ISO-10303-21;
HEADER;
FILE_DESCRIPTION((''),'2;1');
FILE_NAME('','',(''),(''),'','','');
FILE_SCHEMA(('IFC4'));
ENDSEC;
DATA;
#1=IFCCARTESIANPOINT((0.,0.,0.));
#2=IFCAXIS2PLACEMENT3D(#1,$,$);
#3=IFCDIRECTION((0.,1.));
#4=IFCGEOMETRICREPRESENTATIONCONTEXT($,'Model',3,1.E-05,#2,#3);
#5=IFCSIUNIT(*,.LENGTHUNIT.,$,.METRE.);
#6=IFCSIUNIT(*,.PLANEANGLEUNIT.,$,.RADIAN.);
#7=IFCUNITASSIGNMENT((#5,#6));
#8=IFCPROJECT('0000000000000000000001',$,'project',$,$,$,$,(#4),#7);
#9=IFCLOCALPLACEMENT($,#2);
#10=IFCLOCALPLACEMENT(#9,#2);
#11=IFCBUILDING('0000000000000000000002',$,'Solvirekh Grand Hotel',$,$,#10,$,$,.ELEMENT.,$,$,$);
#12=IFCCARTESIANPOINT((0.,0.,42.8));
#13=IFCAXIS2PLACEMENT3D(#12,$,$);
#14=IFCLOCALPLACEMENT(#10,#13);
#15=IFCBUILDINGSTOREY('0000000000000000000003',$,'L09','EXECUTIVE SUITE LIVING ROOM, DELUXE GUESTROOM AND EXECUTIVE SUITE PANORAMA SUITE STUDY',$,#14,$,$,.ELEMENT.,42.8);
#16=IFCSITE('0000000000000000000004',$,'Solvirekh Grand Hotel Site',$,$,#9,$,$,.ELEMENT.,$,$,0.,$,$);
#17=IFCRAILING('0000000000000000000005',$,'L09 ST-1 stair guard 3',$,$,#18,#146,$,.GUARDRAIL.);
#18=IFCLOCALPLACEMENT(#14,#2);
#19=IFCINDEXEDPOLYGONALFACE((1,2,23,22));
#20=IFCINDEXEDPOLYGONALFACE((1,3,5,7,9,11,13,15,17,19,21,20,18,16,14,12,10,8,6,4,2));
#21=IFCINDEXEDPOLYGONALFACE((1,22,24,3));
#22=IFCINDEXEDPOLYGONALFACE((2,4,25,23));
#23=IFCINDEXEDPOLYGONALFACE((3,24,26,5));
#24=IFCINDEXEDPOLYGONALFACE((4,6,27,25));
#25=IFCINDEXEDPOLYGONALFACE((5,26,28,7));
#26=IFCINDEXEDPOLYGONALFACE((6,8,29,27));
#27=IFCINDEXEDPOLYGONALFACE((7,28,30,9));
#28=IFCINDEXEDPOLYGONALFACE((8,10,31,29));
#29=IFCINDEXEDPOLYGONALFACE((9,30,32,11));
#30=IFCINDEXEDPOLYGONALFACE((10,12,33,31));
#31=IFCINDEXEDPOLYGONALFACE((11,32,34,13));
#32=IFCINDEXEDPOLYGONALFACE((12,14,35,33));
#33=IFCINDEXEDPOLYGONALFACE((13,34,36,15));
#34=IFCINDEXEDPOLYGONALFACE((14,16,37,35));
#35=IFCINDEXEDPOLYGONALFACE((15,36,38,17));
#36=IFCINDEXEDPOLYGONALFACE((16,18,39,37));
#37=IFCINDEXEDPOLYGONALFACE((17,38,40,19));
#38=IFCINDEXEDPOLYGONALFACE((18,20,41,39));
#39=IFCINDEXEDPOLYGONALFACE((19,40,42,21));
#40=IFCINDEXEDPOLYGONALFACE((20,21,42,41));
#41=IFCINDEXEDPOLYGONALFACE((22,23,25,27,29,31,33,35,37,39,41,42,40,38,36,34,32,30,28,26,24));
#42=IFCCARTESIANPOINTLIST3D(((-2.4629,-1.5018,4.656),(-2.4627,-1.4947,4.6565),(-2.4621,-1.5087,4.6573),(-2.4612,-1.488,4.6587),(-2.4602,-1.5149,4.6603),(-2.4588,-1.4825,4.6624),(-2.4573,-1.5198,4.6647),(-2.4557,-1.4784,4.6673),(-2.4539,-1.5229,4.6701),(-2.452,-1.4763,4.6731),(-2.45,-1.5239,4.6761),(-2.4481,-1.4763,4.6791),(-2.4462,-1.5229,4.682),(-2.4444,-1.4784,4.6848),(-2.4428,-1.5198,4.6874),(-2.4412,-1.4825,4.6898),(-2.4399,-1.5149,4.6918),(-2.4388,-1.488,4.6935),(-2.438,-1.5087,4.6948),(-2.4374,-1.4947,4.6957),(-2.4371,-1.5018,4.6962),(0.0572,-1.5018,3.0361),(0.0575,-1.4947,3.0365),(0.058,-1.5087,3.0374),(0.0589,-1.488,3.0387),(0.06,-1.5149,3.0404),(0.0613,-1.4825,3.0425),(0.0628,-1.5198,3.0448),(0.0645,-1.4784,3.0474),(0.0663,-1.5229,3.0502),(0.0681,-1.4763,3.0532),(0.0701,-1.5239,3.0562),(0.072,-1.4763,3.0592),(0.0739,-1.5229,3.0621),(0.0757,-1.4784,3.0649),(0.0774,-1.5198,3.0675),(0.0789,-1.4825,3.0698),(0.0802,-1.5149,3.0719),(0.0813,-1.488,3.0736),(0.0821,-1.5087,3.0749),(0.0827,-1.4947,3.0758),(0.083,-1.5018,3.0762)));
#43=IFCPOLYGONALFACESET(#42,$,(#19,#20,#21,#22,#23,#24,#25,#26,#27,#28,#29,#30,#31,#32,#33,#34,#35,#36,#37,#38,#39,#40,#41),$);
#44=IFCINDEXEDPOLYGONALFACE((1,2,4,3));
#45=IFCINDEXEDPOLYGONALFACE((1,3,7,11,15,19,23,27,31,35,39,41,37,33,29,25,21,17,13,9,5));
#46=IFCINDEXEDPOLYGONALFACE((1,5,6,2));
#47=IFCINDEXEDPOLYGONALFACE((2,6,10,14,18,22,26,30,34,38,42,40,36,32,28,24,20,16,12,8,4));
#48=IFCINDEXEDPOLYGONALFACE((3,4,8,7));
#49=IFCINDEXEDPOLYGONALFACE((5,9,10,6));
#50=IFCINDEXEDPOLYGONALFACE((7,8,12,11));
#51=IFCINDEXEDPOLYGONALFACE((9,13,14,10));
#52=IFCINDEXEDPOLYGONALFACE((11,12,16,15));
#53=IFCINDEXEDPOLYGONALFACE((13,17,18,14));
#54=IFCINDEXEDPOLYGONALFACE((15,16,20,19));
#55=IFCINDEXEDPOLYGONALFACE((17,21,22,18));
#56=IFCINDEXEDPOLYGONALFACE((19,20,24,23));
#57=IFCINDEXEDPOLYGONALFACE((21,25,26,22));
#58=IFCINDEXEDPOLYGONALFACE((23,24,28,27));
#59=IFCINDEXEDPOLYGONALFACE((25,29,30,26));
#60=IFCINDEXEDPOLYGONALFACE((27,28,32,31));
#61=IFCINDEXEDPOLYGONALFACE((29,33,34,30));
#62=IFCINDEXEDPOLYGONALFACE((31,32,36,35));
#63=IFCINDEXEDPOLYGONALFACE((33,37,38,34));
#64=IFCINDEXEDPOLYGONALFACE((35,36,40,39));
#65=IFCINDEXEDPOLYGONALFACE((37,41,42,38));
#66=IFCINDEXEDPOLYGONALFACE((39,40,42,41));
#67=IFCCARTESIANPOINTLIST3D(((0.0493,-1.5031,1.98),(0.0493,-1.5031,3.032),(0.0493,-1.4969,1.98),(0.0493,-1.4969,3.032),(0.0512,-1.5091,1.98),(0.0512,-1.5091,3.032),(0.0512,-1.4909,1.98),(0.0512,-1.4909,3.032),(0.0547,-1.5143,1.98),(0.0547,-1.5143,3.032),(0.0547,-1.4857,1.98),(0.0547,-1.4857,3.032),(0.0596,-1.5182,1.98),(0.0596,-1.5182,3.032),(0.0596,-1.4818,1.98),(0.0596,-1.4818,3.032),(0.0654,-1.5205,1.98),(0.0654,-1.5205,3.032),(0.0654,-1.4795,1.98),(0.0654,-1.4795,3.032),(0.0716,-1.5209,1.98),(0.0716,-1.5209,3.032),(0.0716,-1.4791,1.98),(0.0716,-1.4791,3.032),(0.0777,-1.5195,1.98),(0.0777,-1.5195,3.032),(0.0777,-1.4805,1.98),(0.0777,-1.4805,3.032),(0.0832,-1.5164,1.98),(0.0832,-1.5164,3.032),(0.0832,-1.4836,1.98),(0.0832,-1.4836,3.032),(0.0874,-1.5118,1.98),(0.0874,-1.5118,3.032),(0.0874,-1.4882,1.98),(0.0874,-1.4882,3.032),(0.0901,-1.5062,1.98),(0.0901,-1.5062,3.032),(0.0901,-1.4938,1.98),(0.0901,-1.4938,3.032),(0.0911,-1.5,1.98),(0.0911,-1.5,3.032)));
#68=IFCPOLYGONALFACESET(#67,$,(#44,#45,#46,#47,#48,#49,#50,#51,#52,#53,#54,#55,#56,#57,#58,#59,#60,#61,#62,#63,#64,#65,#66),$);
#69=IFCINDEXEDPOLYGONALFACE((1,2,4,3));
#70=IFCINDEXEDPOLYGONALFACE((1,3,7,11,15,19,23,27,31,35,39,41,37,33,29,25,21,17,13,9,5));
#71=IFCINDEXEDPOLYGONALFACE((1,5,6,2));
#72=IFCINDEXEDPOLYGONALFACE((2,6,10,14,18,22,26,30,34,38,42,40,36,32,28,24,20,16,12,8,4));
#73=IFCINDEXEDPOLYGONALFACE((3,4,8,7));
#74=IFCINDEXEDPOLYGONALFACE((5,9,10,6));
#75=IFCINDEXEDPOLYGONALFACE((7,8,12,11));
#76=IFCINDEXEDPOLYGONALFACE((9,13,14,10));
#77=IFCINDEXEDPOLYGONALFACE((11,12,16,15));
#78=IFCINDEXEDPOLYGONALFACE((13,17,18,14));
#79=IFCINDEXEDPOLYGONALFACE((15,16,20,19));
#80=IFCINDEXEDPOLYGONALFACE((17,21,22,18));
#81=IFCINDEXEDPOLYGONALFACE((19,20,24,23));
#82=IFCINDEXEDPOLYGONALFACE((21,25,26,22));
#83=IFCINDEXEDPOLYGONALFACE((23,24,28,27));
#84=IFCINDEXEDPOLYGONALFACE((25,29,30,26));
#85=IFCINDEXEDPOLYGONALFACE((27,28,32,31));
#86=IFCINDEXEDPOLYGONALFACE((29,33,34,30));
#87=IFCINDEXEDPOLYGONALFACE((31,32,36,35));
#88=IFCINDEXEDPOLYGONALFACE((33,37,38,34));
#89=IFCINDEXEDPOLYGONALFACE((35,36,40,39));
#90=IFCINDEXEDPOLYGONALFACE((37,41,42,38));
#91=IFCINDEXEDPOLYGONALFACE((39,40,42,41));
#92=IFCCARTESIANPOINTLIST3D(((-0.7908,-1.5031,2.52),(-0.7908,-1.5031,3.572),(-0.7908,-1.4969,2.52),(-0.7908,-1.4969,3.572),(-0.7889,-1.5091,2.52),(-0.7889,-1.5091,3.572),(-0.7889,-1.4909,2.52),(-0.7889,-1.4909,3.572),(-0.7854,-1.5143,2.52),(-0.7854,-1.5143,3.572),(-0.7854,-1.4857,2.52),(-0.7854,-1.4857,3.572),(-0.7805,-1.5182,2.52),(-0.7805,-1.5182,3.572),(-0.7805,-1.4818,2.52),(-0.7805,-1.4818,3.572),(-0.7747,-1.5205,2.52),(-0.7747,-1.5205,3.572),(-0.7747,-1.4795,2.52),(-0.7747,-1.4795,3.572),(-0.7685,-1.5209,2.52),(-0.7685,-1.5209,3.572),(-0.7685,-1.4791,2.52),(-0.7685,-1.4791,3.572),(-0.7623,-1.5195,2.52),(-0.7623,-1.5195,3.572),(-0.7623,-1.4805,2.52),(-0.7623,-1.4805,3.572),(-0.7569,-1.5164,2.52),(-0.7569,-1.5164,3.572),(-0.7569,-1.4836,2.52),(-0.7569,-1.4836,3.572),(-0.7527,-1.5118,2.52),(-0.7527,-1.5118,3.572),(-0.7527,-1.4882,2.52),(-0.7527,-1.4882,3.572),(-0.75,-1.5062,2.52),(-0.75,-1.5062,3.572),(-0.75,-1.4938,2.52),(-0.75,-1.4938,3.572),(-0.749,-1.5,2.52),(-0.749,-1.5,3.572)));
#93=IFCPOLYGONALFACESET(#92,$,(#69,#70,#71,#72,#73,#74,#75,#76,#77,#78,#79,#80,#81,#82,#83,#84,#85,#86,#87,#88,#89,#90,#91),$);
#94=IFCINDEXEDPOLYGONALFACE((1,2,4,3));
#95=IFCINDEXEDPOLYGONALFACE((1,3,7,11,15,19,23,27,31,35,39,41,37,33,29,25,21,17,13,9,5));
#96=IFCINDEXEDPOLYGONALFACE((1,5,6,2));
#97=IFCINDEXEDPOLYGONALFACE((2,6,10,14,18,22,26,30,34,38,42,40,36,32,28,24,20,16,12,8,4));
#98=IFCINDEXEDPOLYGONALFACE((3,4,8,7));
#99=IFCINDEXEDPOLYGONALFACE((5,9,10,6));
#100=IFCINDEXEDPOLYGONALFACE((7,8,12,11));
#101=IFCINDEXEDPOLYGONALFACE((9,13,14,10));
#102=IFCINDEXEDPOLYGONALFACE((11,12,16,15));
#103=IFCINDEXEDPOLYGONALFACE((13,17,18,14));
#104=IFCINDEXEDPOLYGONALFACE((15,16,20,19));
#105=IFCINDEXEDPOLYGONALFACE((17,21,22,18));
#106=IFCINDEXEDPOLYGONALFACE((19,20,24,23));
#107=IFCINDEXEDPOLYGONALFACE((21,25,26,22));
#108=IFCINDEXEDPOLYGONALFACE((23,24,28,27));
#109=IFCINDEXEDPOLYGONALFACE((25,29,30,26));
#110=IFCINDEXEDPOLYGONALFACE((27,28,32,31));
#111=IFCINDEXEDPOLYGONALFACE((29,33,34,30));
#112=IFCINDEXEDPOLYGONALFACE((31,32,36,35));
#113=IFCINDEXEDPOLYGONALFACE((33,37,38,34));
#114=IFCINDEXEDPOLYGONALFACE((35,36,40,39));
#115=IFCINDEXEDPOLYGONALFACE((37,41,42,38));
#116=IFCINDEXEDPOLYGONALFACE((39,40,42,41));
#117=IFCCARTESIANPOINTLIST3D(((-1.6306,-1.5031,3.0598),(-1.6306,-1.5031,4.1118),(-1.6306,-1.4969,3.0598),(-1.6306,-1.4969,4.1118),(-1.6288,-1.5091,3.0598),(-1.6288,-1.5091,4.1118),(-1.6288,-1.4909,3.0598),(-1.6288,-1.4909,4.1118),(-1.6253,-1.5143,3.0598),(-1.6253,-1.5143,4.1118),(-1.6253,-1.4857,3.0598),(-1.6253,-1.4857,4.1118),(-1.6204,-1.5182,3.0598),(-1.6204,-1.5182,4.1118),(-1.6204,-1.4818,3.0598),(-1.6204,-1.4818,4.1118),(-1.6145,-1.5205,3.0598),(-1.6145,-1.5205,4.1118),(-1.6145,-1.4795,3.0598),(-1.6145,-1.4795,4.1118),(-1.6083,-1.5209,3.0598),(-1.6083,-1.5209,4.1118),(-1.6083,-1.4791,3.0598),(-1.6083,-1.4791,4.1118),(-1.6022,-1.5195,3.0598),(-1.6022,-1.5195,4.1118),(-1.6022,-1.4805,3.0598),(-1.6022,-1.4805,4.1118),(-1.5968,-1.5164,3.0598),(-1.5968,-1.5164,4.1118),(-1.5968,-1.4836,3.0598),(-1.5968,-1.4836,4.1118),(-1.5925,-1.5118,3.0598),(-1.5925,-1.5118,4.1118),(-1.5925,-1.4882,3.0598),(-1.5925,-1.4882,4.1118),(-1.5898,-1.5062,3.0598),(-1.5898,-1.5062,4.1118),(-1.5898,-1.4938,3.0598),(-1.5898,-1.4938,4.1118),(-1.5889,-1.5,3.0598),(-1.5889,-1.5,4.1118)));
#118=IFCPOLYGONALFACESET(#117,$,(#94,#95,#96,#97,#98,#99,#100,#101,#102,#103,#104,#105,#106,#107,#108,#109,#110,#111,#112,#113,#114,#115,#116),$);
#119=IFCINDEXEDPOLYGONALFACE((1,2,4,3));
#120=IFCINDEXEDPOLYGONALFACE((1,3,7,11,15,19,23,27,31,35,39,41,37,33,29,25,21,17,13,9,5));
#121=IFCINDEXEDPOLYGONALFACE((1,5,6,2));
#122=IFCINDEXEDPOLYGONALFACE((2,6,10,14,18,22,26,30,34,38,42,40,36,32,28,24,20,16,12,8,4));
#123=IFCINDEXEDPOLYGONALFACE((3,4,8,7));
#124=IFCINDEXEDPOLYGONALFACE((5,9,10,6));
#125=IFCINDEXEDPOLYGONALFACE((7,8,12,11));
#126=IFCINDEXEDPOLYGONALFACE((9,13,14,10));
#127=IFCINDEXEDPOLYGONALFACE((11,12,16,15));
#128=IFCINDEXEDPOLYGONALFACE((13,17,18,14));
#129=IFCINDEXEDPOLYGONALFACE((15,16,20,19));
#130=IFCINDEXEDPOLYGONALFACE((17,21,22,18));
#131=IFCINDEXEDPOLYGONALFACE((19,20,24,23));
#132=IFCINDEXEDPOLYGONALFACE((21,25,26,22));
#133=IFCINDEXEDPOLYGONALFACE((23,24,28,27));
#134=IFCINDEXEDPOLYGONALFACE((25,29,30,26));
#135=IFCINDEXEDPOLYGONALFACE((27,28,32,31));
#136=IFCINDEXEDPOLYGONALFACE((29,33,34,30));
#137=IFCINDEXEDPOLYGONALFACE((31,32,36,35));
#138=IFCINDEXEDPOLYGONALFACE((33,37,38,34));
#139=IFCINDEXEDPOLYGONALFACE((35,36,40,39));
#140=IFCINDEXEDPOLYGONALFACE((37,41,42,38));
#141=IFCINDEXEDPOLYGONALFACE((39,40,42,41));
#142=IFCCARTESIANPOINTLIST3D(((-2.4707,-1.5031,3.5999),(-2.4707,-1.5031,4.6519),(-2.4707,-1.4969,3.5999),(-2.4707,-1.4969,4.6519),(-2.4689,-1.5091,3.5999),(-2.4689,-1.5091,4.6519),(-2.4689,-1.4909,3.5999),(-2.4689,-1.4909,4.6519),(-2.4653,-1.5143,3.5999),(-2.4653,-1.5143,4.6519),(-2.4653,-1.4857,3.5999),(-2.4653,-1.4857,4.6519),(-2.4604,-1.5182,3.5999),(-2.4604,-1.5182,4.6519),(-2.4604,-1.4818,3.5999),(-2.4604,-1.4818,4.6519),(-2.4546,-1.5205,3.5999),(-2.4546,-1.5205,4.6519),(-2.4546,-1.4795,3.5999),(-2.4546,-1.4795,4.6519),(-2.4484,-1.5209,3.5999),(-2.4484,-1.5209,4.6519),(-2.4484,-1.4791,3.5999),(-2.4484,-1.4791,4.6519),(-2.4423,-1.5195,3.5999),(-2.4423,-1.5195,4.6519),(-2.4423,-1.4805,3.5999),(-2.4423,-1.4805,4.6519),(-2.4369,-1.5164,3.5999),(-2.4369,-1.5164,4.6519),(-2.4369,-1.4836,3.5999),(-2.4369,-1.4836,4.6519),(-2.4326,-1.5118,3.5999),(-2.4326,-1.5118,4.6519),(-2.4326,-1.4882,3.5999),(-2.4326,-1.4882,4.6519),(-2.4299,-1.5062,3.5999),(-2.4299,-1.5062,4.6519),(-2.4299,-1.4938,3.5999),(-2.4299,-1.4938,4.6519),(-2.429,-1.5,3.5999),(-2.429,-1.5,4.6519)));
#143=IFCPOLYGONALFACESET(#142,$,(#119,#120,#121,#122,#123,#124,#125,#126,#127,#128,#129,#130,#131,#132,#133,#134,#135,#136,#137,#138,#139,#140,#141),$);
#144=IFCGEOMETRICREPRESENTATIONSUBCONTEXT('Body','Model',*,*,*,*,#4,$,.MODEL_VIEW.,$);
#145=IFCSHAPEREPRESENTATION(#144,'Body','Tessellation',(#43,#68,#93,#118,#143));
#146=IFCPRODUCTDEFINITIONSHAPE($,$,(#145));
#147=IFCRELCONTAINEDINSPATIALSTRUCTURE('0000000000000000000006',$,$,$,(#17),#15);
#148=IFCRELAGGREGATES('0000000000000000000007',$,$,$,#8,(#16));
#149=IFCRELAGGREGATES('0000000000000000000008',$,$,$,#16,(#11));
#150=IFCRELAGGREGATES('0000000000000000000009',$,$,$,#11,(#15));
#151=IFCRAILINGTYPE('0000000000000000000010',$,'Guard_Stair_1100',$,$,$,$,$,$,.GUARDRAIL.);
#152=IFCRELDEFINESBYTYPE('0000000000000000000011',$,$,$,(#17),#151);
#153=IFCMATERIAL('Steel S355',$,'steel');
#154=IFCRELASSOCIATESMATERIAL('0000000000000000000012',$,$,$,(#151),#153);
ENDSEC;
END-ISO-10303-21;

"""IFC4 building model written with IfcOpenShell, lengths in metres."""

from ifc_helpers import new_model, si_unit, direction, frame, origin, origin_2d, place, context, subcontext, project, spatial, circle, extrude, material, type_object, element, save


model = new_model("IFC4")

# Units and contexts
model_context = context("Model", 3, precision=1e-05, world=origin(), true_north=direction((0.0, 1.0)))
body_context = subcontext(model_context, "Body", "Model", "MODEL_VIEW")
ifc_project = project(units=[si_unit("LENGTHUNIT", "METRE"), si_unit("PLANEANGLEUNIT", "RADIAN")], contexts=[model_context])

# Site, building, storey
site_placement = place(None, origin())
site = spatial("IfcSite", under=ifc_project, at=site_placement, Name="Solvirekh Grand Hotel Site", CompositionType="ELEMENT", RefElevation=0.0)
building_placement = place(site_placement, origin())
building = spatial("IfcBuilding", under=site, at=building_placement, Name="Solvirekh Grand Hotel", CompositionType="ELEMENT")
storey_placement = place(building_placement, frame((0.0, 0.0, 42.8)))
storey = spatial("IfcBuildingStorey", under=building, at=storey_placement, Name="L09", Description="EXECUTIVE SUITE LIVING ROOM, DELUXE GUESTROOM AND EXECUTIVE SUITE PANORAMA SUITE STUDY", CompositionType="ELEMENT", Elevation=42.8)

# Railing
ifc_material_1 = material(Name="Steel S355", Category="steel")
railing_type_1 = type_object("IfcRailingType", Name="Guard_Stair_1100", PredefinedType="GUARDRAIL", material=ifc_material_1)
railing_1_placement = place(storey_placement, frame((0.0701, -1.5, 1.98)))
element("IfcRailing", 1, at=railing_1_placement, inside=storey, type_object=railing_type_1, Name="L09 ST-1 stair guard 3", PredefinedType="GUARDRAIL", context=body_context, shape_type="SweptSolid", body=[
    extrude(circle(Radius=0.0239, at=origin_2d()), frame((0.0, 0.0, 1.0762), z_axis=(-0.8412, 0.0, 0.540725), x_axis=(0.0, -1.0, 0.0)), (0.0, 0.0, 1.0), 2.9958),
    extrude(circle(Radius=0.021, at=origin_2d()), origin(), (0.0, 0.0, 1.0), 1.052),
    extrude(circle(Radius=0.021, at=origin_2d()), frame((-0.8401, 0.0, 0.54)), (0.0, 0.0, 1.0), 1.052),
    extrude(circle(Radius=0.021, at=origin_2d()), frame((-1.6799, 0.0, 1.0798)), (0.0, 0.0, 1.0), 1.052),
    extrude(circle(Radius=0.021, at=origin_2d()), frame((-2.52, 0.0, 1.6199)), (0.0, 0.0, 1.0), 1.052),
])

save(model, "model.ifc")
